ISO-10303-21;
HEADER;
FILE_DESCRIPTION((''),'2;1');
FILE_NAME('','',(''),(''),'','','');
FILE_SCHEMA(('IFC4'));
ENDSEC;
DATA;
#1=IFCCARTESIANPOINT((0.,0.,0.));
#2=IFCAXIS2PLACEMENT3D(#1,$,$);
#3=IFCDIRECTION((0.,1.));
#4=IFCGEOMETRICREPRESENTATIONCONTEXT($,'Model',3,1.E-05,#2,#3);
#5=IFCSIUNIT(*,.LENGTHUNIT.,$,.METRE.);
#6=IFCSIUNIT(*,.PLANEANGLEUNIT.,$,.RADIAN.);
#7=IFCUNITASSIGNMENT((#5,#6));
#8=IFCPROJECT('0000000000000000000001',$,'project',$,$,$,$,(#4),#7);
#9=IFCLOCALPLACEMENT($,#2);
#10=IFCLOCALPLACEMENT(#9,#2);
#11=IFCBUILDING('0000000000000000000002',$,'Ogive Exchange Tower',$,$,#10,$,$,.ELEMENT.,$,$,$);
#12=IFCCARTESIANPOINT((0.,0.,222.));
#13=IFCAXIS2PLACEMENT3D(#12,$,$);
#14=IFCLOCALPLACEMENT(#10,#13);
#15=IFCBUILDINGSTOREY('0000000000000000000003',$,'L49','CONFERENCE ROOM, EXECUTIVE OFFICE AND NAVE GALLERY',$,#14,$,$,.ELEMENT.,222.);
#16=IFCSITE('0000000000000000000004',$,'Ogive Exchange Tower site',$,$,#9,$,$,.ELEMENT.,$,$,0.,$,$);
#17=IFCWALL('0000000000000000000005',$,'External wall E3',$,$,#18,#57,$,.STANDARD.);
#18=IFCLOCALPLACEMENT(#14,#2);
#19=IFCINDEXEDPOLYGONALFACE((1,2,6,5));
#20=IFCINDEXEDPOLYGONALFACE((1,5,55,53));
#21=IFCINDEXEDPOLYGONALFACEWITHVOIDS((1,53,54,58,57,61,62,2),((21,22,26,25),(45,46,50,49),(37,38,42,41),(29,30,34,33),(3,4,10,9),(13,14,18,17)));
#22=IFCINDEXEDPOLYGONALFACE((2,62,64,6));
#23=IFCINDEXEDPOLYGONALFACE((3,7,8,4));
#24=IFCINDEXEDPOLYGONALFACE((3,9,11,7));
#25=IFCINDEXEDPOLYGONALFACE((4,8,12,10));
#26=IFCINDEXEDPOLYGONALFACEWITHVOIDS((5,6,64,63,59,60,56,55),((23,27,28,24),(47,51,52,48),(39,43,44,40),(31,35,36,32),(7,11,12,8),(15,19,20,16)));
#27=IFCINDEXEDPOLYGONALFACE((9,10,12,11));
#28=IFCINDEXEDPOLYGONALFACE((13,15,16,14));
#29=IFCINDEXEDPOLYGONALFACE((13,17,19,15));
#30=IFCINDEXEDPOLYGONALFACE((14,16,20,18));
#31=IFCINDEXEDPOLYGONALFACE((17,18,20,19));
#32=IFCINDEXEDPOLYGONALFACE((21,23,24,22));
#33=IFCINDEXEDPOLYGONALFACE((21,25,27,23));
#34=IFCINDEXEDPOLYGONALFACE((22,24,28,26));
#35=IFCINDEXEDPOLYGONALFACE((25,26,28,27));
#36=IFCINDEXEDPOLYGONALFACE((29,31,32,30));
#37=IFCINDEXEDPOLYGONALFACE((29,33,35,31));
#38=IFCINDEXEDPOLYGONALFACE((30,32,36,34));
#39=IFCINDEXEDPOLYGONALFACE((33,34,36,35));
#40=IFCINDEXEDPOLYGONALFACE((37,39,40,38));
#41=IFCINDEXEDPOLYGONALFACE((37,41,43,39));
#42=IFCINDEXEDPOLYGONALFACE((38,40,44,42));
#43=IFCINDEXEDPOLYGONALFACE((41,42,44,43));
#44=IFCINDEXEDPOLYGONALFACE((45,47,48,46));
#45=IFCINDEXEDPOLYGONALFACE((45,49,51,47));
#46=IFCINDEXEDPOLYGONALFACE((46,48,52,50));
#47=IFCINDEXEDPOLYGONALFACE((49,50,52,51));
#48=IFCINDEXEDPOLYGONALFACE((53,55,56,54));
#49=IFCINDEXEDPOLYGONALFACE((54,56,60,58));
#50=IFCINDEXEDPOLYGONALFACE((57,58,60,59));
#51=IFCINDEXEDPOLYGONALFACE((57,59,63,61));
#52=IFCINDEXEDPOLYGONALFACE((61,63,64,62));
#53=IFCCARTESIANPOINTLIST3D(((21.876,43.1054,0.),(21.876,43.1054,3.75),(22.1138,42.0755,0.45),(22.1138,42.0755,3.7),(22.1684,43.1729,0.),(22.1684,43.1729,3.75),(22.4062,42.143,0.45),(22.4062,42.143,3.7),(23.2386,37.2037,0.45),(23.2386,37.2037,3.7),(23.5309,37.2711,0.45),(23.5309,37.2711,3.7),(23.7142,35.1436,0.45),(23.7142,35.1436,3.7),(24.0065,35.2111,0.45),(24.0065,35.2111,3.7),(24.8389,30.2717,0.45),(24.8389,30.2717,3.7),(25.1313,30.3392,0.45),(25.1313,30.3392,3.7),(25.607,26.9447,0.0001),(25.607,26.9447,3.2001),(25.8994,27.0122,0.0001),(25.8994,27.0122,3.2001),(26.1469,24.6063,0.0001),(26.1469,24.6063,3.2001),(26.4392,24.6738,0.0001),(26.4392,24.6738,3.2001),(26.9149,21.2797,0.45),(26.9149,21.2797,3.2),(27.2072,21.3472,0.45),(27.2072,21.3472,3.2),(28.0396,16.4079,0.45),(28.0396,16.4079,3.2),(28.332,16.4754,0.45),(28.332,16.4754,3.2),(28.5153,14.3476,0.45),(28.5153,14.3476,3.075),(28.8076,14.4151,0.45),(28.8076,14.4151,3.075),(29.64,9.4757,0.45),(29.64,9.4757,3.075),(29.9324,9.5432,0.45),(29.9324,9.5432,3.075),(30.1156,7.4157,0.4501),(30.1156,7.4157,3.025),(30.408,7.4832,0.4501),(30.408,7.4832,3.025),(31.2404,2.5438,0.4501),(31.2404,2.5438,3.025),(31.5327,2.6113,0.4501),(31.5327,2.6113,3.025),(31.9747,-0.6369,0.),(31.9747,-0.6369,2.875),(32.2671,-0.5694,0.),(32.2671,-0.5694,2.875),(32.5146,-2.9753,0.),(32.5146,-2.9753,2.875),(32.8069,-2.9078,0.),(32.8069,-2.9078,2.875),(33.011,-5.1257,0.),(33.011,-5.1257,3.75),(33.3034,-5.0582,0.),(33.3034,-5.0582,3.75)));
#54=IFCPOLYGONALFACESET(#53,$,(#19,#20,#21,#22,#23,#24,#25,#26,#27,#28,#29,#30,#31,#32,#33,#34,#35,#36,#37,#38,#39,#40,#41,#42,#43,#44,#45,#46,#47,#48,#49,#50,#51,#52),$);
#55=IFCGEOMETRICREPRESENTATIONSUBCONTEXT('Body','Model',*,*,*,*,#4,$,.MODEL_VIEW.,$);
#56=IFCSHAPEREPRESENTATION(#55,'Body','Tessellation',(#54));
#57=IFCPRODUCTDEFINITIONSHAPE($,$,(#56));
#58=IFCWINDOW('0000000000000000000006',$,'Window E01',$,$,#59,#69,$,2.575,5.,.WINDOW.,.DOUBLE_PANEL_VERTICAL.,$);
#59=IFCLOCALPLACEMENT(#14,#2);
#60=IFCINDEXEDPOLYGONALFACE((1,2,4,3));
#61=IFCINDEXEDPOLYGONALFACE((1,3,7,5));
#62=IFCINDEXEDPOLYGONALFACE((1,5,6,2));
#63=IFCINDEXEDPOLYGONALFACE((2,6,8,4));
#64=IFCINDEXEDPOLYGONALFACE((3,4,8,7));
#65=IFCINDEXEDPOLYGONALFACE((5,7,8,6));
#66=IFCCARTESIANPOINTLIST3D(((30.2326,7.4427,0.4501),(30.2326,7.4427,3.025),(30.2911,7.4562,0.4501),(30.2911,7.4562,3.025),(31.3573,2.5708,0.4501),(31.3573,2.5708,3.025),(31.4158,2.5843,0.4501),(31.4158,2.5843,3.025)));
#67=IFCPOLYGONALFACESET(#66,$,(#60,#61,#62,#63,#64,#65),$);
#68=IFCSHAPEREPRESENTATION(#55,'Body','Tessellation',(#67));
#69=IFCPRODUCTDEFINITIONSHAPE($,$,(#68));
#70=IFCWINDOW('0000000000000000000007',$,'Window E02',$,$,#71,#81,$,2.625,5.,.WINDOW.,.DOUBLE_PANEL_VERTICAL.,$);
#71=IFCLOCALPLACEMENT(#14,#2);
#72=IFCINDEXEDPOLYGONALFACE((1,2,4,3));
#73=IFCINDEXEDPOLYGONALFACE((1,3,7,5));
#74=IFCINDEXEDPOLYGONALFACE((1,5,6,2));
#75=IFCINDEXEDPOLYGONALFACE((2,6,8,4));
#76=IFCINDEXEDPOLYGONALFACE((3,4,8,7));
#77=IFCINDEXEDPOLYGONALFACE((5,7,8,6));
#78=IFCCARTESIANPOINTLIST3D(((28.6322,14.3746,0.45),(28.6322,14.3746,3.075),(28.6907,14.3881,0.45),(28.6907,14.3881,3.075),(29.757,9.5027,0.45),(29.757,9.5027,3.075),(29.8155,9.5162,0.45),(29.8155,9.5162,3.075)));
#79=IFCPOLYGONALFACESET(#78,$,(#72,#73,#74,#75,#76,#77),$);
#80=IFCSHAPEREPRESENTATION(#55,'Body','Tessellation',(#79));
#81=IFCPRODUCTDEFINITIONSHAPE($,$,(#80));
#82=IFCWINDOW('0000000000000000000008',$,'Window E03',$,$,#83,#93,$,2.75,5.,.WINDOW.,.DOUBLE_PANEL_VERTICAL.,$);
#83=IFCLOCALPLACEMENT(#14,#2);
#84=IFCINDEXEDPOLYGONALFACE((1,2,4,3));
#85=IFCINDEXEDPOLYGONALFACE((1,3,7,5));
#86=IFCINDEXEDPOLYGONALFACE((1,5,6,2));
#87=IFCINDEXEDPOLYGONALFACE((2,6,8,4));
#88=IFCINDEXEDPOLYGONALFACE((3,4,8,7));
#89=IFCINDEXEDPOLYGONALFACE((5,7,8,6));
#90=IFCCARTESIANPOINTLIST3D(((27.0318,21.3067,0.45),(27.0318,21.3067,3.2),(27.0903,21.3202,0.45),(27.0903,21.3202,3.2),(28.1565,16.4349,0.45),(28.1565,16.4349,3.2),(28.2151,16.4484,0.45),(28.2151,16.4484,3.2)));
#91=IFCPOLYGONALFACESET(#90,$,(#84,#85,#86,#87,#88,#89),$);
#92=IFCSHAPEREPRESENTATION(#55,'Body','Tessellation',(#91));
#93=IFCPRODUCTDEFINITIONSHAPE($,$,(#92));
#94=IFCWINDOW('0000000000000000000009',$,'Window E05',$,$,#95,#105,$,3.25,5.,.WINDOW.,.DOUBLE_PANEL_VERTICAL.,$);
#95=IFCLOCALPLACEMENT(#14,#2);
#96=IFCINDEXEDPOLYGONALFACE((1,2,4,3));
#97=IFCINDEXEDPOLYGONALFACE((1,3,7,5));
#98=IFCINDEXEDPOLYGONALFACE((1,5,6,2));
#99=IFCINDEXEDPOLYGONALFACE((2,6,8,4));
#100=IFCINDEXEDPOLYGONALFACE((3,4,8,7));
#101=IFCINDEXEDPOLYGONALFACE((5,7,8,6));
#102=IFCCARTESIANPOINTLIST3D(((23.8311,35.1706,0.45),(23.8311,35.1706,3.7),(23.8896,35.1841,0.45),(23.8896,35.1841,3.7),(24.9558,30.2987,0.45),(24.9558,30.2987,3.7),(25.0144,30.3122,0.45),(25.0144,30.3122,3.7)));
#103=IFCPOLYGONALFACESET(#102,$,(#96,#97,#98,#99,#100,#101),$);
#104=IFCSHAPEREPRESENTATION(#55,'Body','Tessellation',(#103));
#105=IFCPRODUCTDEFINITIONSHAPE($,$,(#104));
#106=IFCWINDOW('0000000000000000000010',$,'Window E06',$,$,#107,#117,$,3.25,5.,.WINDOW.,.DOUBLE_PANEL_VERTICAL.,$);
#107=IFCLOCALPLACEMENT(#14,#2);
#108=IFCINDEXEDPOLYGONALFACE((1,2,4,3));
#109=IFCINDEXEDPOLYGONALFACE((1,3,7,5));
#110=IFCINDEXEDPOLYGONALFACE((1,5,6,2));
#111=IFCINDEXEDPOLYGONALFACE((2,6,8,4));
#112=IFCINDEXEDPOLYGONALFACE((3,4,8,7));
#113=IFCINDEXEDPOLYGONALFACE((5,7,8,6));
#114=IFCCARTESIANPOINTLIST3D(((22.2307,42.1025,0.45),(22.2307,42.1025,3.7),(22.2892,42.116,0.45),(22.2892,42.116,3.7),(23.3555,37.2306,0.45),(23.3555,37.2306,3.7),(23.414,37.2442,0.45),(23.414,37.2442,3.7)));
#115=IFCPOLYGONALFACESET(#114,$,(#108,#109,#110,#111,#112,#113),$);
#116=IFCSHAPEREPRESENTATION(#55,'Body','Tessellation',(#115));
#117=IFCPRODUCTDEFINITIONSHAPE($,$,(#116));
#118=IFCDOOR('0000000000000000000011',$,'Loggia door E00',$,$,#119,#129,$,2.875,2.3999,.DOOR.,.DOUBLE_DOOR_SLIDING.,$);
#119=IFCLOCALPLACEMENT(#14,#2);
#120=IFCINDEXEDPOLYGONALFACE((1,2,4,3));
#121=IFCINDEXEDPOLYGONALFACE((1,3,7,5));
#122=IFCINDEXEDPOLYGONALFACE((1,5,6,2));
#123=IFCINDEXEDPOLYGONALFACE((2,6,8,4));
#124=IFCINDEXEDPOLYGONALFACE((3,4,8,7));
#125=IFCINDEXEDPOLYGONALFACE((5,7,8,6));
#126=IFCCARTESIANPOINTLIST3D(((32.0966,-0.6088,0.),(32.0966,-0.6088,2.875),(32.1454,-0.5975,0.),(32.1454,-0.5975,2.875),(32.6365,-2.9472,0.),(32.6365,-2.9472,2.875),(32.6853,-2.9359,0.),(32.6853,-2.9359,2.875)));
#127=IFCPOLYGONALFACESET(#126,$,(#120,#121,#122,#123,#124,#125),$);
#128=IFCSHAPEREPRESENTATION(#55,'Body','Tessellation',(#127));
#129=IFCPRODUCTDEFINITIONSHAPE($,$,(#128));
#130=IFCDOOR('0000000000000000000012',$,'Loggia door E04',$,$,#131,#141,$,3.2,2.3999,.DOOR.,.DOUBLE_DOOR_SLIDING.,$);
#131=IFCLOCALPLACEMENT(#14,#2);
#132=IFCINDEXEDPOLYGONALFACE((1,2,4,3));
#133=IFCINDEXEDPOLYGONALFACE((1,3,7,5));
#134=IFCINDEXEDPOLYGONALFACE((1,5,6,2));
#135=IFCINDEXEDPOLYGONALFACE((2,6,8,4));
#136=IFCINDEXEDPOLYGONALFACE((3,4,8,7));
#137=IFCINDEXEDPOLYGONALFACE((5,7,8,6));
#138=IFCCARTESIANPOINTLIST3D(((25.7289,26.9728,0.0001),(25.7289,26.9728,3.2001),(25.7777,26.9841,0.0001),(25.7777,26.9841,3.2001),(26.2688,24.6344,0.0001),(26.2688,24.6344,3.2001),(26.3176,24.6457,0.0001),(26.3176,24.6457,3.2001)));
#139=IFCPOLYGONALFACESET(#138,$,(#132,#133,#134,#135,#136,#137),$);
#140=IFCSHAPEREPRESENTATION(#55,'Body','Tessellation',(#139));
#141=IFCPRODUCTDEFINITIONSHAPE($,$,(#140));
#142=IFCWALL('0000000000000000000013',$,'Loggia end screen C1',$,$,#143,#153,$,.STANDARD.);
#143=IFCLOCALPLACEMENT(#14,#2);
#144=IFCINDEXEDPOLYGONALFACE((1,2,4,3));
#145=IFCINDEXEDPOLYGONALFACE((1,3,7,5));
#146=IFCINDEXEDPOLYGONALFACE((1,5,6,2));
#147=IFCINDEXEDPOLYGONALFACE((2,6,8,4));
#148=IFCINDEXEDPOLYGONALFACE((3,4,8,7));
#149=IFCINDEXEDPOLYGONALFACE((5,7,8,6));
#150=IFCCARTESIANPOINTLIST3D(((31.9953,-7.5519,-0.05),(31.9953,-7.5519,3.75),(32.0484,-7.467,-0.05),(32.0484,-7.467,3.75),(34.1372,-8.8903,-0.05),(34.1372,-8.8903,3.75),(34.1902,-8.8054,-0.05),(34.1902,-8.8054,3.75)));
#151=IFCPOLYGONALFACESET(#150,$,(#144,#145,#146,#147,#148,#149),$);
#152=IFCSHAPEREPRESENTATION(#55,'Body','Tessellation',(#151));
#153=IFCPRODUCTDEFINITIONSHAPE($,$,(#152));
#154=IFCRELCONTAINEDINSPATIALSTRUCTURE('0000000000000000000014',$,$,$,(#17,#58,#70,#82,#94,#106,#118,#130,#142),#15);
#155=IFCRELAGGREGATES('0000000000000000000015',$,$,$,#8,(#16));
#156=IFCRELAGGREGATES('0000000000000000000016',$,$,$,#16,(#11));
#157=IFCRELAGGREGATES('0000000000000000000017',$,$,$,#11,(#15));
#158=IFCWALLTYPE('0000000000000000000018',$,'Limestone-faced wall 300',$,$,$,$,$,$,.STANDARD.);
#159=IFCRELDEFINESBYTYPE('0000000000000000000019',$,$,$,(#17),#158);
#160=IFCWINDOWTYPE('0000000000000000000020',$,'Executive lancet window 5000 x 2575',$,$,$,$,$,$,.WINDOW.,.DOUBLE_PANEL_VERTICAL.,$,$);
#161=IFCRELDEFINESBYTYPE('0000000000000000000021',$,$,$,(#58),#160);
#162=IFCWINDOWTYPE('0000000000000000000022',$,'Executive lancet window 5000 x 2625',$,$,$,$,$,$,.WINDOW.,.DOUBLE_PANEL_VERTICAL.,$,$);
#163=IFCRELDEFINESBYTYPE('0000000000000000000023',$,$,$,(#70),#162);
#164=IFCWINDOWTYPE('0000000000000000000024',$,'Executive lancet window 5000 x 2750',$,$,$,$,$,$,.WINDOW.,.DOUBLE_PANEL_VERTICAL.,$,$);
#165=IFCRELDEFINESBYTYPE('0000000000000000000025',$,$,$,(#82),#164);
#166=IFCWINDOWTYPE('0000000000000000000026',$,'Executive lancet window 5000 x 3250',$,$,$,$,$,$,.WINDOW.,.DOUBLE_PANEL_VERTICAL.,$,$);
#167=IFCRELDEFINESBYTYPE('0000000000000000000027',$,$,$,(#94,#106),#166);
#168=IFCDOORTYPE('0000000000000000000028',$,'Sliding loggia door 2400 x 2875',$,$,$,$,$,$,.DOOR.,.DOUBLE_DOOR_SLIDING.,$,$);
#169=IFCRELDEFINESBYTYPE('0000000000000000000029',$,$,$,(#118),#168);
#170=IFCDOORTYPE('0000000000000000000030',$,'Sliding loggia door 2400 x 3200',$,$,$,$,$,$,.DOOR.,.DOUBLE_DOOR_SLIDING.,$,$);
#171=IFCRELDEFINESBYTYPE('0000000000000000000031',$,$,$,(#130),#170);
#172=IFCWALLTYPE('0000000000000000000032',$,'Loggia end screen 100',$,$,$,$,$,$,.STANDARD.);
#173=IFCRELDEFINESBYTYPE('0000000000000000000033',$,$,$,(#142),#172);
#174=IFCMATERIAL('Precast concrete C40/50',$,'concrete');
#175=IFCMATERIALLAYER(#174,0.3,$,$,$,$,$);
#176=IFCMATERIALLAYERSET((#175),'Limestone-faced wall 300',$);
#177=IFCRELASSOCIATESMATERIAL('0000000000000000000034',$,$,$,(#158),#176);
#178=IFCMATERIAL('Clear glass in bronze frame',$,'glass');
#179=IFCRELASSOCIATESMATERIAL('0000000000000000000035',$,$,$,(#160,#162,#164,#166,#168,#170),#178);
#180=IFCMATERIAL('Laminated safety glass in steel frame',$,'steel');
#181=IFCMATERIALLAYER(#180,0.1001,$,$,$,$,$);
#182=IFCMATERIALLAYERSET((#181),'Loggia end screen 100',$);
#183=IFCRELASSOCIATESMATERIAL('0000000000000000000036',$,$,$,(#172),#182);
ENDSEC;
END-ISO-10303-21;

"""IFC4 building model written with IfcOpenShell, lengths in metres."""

from ifc_helpers import new_model, si_unit, direction, frame, frame_2d, origin, place, context, subcontext, project, spatial, rectangle, extrude, material, layer, layer_set, type_object, element, fill, save


model = new_model("IFC4")

# Units and contexts
model_context = context("Model", 3, precision=1e-05, world=origin(), true_north=direction((0.0, 1.0)))
body_context = subcontext(model_context, "Body", "Model", "MODEL_VIEW")
ifc_project = project(units=[si_unit("LENGTHUNIT", "METRE"), si_unit("PLANEANGLEUNIT", "RADIAN")], contexts=[model_context])

# Site, building, storey
site_placement = place(None, origin())
site = spatial("IfcSite", under=ifc_project, at=site_placement, Name="Ogive Exchange Tower site", CompositionType="ELEMENT", RefElevation=0.0)
building_placement = place(site_placement, origin())
building = spatial("IfcBuilding", under=site, at=building_placement, Name="Ogive Exchange Tower", CompositionType="ELEMENT")
storey_placement = place(building_placement, frame((0.0, 0.0, 222.0)))
storey = spatial("IfcBuildingStorey", under=building, at=storey_placement, Name="L49", Description="CONFERENCE ROOM, EXECUTIVE OFFICE AND NAVE GALLERY", CompositionType="ELEMENT", Elevation=222.0)

# Wall, openings, windows, doors
ifc_material_1 = material(Name="Precast concrete C40/50", Category="concrete")
ifc_layer_1 = layer(ifc_material_1, 0.3)
ifc_layer_set_1 = layer_set([ifc_layer_1], Name="Limestone-faced wall 300")
wall_type_1 = type_object("IfcWallType", Name="Limestone-faced wall 300", PredefinedType="STANDARD", material=ifc_layer_set_1)
wall_1_placement = place(storey_placement, frame((33.1572, -5.092, 0.0), z_axis=(0.0, 0.0, 1.0), x_axis=(-0.22495, 0.97437, 0.0)))
wall_1 = element("IfcWall", 1, at=wall_1_placement, inside=storey, type_object=wall_type_1, Name="External wall E3", PredefinedType="STANDARD", context=body_context, shape_type="SweptSolid", body=[
    extrude(rectangle(XDim=49.4998, YDim=0.3, at=frame_2d((24.75, 0.0))), origin(), (0.0, 0.0, 1.0), 3.75),
])
opening_1_placement = place(wall_1_placement, frame((2.207, 0.0, 0.0)))
opening_1 = element("IfcOpeningElement", 2, at=opening_1_placement, cuts=wall_1, PredefinedType="OPENING", context=body_context, shape_type="SweptSolid", body=[
    extrude(rectangle(XDim=2.3999, YDim=2.875, at=frame_2d((1.2, 1.4375))), frame((0.0, 0.1599, 0.0), z_axis=(0.0, -1.0, 0.0), x_axis=(1.0, 0.0, 0.0)), (0.0, 0.0, 1.0), 0.3201),
])
opening_2_placement = place(wall_1_placement, frame((7.8713, 0.0, 0.45)))
opening_2 = element("IfcOpeningElement", 3, at=opening_2_placement, cuts=wall_1, PredefinedType="OPENING", context=body_context, shape_type="SweptSolid", body=[
    extrude(rectangle(XDim=5.0, YDim=2.575, at=frame_2d((2.5, 1.2876))), frame((0.0, 0.1599, 0.0), z_axis=(0.0, -1.0, 0.0), x_axis=(1.0, 0.0, 0.0)), (0.0, 0.0, 1.0), 0.3201),
])
opening_3_placement = place(wall_1_placement, frame((14.9856, 0.0, 0.45)))
opening_3 = element("IfcOpeningElement", 4, at=opening_3_placement, cuts=wall_1, PredefinedType="OPENING", context=body_context, shape_type="SweptSolid", body=[
    extrude(rectangle(XDim=5.0, YDim=2.625, at=frame_2d((2.5, 1.3125))), frame((0.0, 0.1599, 0.0), z_axis=(0.0, -1.0, 0.0), x_axis=(1.0, 0.0, 0.0)), (0.0, 0.0, 1.0), 0.3201),
])
opening_4_placement = place(wall_1_placement, frame((22.1001, 0.0, 0.45)))
opening_4 = element("IfcOpeningElement", 5, at=opening_4_placement, cuts=wall_1, PredefinedType="OPENING", context=body_context, shape_type="SweptSolid", body=[
    extrude(rectangle(XDim=5.0, YDim=2.75, at=frame_2d((2.5, 1.375))), frame((0.0, 0.1599, 0.0), z_axis=(0.0, -1.0, 0.0), x_axis=(1.0, 0.0, 0.0)), (0.0, 0.0, 1.0), 0.3201),
])
opening_5_placement = place(wall_1_placement, frame((30.5142, 0.0, 0.0)))
opening_5 = element("IfcOpeningElement", 6, at=opening_5_placement, cuts=wall_1, PredefinedType="OPENING", context=body_context, shape_type="SweptSolid", body=[
    extrude(rectangle(XDim=2.3999, YDim=3.2, at=frame_2d((1.2, 1.6001))), frame((0.0, 0.1599, 0.0), z_axis=(0.0, -1.0, 0.0), x_axis=(1.0, 0.0, 0.0)), (0.0, 0.0, 1.0), 0.3201),
])
opening_6_placement = place(wall_1_placement, frame((36.3286, 0.0, 0.45)))
opening_6 = element("IfcOpeningElement", 7, at=opening_6_placement, cuts=wall_1, PredefinedType="OPENING", context=body_context, shape_type="SweptSolid", body=[
    extrude(rectangle(XDim=5.0, YDim=3.25, at=frame_2d((2.5, 1.625))), frame((0.0, 0.1599, 0.0), z_axis=(0.0, -1.0, 0.0), x_axis=(1.0, 0.0, 0.0)), (0.0, 0.0, 1.0), 0.3201),
])
opening_7_placement = place(wall_1_placement, frame((43.4429, 0.0, 0.45)))
opening_7 = element("IfcOpeningElement", 8, at=opening_7_placement, cuts=wall_1, PredefinedType="OPENING", context=body_context, shape_type="SweptSolid", body=[
    extrude(rectangle(XDim=5.0, YDim=3.25, at=frame_2d((2.5, 1.625))), frame((0.0, 0.1599, 0.0), z_axis=(0.0, -1.0, 0.0), x_axis=(1.0, 0.0, 0.0)), (0.0, 0.0, 1.0), 0.3201),
])
ifc_material_2 = material(Name="Clear glass in bronze frame", Category="glass")
window_type_1 = type_object("IfcWindowType", Name="Executive lancet window 5000 x 2575", PartitioningType="DOUBLE_PANEL_VERTICAL", PredefinedType="WINDOW", material=ifc_material_2)
window_1_placement = place(opening_2_placement, origin())
window_1 = element("IfcWindow", 9, at=window_1_placement, inside=storey, type_object=window_type_1, Name="Window E01", OverallHeight=2.575, OverallWidth=5.0, PartitioningType="DOUBLE_PANEL_VERTICAL", PredefinedType="WINDOW", context=body_context, shape_type="SweptSolid", body=[
    extrude(rectangle(XDim=5.0, YDim=2.575, at=frame_2d((2.5, 1.2876))), frame((0.0, 0.03, 0.0), z_axis=(0.0, -1.0, 0.0), x_axis=(1.0, 0.0, 0.0)), (0.0, 0.0, 1.0), 0.0601),
])
fill(opening_2, window_1)
window_type_2 = type_object("IfcWindowType", Name="Executive lancet window 5000 x 2625", PartitioningType="DOUBLE_PANEL_VERTICAL", PredefinedType="WINDOW", material=ifc_material_2)
window_2_placement = place(opening_3_placement, origin())
window_2 = element("IfcWindow", 10, at=window_2_placement, inside=storey, type_object=window_type_2, Name="Window E02", OverallHeight=2.625, OverallWidth=5.0, PartitioningType="DOUBLE_PANEL_VERTICAL", PredefinedType="WINDOW", context=body_context, shape_type="SweptSolid", body=[
    extrude(rectangle(XDim=5.0, YDim=2.625, at=frame_2d((2.5, 1.3125))), frame((0.0, 0.03, 0.0), z_axis=(0.0, -1.0, 0.0), x_axis=(1.0, 0.0, 0.0)), (0.0, 0.0, 1.0), 0.0601),
])
fill(opening_3, window_2)
window_type_3 = type_object("IfcWindowType", Name="Executive lancet window 5000 x 2750", PartitioningType="DOUBLE_PANEL_VERTICAL", PredefinedType="WINDOW", material=ifc_material_2)
window_3_placement = place(opening_4_placement, origin())
window_3 = element("IfcWindow", 11, at=window_3_placement, inside=storey, type_object=window_type_3, Name="Window E03", OverallHeight=2.75, OverallWidth=5.0, PartitioningType="DOUBLE_PANEL_VERTICAL", PredefinedType="WINDOW", context=body_context, shape_type="SweptSolid", body=[
    extrude(rectangle(XDim=5.0, YDim=2.75, at=frame_2d((2.5, 1.375))), frame((0.0, 0.03, 0.0), z_axis=(0.0, -1.0, 0.0), x_axis=(1.0, 0.0, 0.0)), (0.0, 0.0, 1.0), 0.0601),
])
fill(opening_4, window_3)
window_type_4 = type_object("IfcWindowType", Name="Executive lancet window 5000 x 3250", PartitioningType="DOUBLE_PANEL_VERTICAL", PredefinedType="WINDOW", material=ifc_material_2)
window_4_placement = place(opening_6_placement, origin())
window_4 = element("IfcWindow", 12, at=window_4_placement, inside=storey, type_object=window_type_4, Name="Window E05", OverallHeight=3.25, OverallWidth=5.0, PartitioningType="DOUBLE_PANEL_VERTICAL", PredefinedType="WINDOW", context=body_context, shape_type="SweptSolid", body=[
    extrude(rectangle(XDim=5.0, YDim=3.25, at=frame_2d((2.5, 1.625))), frame((0.0, 0.03, 0.0), z_axis=(0.0, -1.0, 0.0), x_axis=(1.0, 0.0, 0.0)), (0.0, 0.0, 1.0), 0.0601),
])
fill(opening_6, window_4)
window_5_placement = place(opening_7_placement, origin())
window_5 = element("IfcWindow", 13, at=window_5_placement, inside=storey, type_object=window_type_4, Name="Window E06", OverallHeight=3.25, OverallWidth=5.0, PartitioningType="DOUBLE_PANEL_VERTICAL", PredefinedType="WINDOW", context=body_context, shape_type="SweptSolid", body=[
    extrude(rectangle(XDim=5.0, YDim=3.25, at=frame_2d((2.5, 1.625))), frame((0.0, 0.03, 0.0), z_axis=(0.0, -1.0, 0.0), x_axis=(1.0, 0.0, 0.0)), (0.0, 0.0, 1.0), 0.0601),
])
fill(opening_7, window_5)
door_type_1 = type_object("IfcDoorType", Name="Sliding loggia door 2400 x 2875", OperationType="DOUBLE_DOOR_SLIDING", PredefinedType="DOOR", material=ifc_material_2)
door_1_placement = place(opening_1_placement, origin())
door_1 = element("IfcDoor", 14, at=door_1_placement, inside=storey, type_object=door_type_1, Name="Loggia door E00", OperationType="DOUBLE_DOOR_SLIDING", OverallHeight=2.875, OverallWidth=2.3999, PredefinedType="DOOR", context=body_context, shape_type="SweptSolid", body=[
    extrude(rectangle(XDim=2.3999, YDim=2.875, at=frame_2d((1.2, 1.4375))), frame((0.0, 0.0249, 0.0), z_axis=(0.0, -1.0, 0.0), x_axis=(1.0, 0.0, 0.0)), (0.0, 0.0, 1.0), 0.05),
])
fill(opening_1, door_1)
door_type_2 = type_object("IfcDoorType", Name="Sliding loggia door 2400 x 3200", OperationType="DOUBLE_DOOR_SLIDING", PredefinedType="DOOR", material=ifc_material_2)
door_2_placement = place(opening_5_placement, origin())
door_2 = element("IfcDoor", 15, at=door_2_placement, inside=storey, type_object=door_type_2, Name="Loggia door E04", OperationType="DOUBLE_DOOR_SLIDING", OverallHeight=3.2, OverallWidth=2.3999, PredefinedType="DOOR", context=body_context, shape_type="SweptSolid", body=[
    extrude(rectangle(XDim=2.3999, YDim=3.2, at=frame_2d((1.2, 1.6001))), frame((0.0, 0.0249, 0.0), z_axis=(0.0, -1.0, 0.0), x_axis=(1.0, 0.0, 0.0)), (0.0, 0.0, 1.0), 0.05),
])
fill(opening_5, door_2)

# Wall
ifc_material_3 = material(Name="Laminated safety glass in steel frame", Category="steel")
ifc_layer_2 = layer(ifc_material_3, 0.1001)
ifc_layer_set_2 = layer_set([ifc_layer_2], Name="Loggia end screen 100")
wall_type_2 = type_object("IfcWallType", Name="Loggia end screen 100", PredefinedType="STANDARD", material=ifc_layer_set_2)
wall_2_placement = place(storey_placement, frame((32.022, -7.5095, -0.05), z_axis=(0.0, 0.0, 1.0), x_axis=(0.848047, -0.529921, 0.0)))
element("IfcWall", 16, at=wall_2_placement, inside=storey, type_object=wall_type_2, Name="Loggia end screen C1", PredefinedType="STANDARD", context=body_context, shape_type="SweptSolid", body=[
    extrude(rectangle(XDim=2.5256, YDim=0.1001, at=frame_2d((1.2627, 0.0))), origin(), (0.0, 0.0, 1.0), 3.8),
])

save(model, "model.ifc")
